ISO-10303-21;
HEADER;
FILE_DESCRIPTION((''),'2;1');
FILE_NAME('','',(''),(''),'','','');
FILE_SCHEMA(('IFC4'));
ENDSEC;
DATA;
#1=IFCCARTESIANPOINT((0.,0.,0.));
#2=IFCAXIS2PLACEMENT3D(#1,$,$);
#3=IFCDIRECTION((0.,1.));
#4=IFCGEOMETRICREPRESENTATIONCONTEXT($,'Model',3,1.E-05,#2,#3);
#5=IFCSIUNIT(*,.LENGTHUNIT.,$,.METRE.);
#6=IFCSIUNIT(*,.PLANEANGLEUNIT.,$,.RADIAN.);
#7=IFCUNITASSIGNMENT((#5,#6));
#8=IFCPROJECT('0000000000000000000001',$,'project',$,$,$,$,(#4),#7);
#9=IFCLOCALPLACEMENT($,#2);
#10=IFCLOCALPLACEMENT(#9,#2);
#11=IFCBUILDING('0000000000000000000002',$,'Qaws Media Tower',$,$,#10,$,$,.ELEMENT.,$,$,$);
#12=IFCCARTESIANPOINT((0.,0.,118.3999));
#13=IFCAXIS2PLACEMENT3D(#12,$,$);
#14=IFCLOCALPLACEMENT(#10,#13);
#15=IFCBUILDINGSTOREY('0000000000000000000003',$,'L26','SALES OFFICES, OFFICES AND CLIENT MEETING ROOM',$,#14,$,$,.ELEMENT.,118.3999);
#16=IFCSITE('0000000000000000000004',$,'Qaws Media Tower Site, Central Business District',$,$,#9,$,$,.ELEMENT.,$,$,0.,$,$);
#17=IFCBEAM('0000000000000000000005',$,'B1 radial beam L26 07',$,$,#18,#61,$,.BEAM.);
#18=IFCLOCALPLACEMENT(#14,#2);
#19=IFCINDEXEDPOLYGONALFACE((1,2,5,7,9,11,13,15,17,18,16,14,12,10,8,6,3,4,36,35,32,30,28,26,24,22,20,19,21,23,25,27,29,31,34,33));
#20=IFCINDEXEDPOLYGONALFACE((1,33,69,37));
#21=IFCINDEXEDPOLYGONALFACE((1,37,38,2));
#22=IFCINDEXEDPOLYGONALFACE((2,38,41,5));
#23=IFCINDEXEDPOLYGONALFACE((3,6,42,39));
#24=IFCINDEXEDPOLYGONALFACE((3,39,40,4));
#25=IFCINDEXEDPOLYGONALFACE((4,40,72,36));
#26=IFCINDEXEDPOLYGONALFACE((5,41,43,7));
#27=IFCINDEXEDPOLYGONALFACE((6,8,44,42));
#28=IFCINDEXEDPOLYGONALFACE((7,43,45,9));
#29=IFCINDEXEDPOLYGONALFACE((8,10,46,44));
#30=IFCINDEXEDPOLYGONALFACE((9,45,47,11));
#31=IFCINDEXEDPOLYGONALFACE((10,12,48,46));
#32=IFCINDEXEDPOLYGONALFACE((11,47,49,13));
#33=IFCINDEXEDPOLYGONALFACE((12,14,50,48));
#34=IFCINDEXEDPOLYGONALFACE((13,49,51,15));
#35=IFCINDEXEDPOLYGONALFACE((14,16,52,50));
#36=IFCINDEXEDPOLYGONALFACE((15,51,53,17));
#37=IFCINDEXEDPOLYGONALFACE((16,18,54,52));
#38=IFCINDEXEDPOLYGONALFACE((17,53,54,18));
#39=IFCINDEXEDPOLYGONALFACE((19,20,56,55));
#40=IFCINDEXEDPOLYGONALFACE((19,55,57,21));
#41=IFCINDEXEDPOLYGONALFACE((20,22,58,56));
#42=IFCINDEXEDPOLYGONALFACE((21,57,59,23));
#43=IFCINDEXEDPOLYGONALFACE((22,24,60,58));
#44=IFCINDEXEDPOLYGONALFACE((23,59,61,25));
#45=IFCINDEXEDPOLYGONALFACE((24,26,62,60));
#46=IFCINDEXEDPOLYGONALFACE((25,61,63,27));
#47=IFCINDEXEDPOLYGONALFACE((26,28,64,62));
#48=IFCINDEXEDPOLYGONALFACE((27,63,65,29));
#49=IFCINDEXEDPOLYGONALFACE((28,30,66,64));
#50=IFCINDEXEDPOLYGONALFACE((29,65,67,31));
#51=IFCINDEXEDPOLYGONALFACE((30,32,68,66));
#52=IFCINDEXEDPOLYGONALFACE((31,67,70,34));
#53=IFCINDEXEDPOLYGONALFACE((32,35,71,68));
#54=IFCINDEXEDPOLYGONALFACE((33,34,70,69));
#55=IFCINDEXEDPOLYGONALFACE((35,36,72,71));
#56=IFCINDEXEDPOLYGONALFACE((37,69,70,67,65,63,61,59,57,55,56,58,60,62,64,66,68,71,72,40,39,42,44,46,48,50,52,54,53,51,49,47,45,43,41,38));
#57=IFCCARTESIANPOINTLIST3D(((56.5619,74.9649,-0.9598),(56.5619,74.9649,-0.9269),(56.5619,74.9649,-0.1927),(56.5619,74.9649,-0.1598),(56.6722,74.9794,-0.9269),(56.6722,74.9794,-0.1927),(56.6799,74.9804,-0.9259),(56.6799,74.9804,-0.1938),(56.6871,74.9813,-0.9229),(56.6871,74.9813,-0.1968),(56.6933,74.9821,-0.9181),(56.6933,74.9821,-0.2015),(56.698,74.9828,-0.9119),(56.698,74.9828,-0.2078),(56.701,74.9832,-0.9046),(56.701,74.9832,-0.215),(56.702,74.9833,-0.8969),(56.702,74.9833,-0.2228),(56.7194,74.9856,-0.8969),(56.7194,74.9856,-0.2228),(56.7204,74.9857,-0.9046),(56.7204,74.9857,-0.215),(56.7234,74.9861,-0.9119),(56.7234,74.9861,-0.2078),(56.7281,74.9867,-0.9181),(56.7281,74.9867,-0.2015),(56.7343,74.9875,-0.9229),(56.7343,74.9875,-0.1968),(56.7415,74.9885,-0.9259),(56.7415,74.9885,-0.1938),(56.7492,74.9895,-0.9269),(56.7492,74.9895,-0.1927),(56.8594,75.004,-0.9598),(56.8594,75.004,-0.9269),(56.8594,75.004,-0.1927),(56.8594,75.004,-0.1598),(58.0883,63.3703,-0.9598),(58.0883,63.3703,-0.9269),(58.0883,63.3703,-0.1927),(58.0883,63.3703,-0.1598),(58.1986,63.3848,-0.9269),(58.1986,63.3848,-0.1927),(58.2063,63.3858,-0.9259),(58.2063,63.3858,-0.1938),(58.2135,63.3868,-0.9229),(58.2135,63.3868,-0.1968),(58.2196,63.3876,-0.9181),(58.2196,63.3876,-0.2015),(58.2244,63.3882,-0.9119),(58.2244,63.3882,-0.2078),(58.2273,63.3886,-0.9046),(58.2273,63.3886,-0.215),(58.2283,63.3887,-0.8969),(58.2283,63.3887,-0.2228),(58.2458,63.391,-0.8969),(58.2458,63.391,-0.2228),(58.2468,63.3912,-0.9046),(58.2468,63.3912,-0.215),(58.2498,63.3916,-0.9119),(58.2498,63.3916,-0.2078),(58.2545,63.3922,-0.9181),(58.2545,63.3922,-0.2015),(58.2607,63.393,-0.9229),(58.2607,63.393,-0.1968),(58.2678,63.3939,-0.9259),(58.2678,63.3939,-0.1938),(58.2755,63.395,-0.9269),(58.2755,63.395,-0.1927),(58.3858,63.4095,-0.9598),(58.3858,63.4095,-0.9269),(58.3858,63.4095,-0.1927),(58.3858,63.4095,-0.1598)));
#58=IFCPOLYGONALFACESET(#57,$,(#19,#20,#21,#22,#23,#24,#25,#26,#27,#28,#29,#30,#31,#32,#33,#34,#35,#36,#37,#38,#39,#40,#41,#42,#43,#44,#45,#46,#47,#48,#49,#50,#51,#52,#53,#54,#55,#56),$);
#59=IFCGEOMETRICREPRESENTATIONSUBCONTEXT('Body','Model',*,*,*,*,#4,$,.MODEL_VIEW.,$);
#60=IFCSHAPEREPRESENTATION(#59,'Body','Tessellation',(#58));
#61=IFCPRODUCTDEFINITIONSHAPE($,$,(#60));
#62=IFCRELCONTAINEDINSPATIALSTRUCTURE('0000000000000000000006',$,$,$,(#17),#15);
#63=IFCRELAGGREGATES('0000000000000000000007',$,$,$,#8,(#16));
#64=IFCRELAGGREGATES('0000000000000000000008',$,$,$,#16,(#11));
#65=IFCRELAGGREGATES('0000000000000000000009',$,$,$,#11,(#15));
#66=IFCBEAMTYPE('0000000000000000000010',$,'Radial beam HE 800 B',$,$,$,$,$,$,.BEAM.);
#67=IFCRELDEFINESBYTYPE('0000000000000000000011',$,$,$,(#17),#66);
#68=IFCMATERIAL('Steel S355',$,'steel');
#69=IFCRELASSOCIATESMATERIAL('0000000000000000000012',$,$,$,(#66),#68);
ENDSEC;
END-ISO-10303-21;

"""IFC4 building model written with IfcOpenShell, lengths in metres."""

from ifc_helpers import new_model, si_unit, direction, frame, origin, origin_2d, place, context, subcontext, project, spatial, i_section, extrude, material, material_profile, profile_set, type_object, element, save


model = new_model("IFC4")

# Units and contexts
model_context = context("Model", 3, precision=1e-05, world=origin(), true_north=direction((0.0, 1.0)))
body_context = subcontext(model_context, "Body", "Model", "MODEL_VIEW")
ifc_project = project(units=[si_unit("LENGTHUNIT", "METRE"), si_unit("PLANEANGLEUNIT", "RADIAN")], contexts=[model_context])

# Site, building, storey
site_placement = place(None, origin())
site = spatial("IfcSite", under=ifc_project, at=site_placement, Name="Qaws Media Tower Site, Central Business District", CompositionType="ELEMENT", RefElevation=0.0)
building_placement = place(site_placement, origin())
building = spatial("IfcBuilding", under=site, at=building_placement, Name="Qaws Media Tower", CompositionType="ELEMENT")
storey_placement = place(building_placement, frame((0.0, 0.0, 118.3999)))
storey = spatial("IfcBuildingStorey", under=building, at=storey_placement, Name="L26", Description="SALES OFFICES, OFFICES AND CLIENT MEETING ROOM", CompositionType="ELEMENT", Elevation=118.3999)

# Beam
ifc_material_1 = material(Name="Steel S355", Category="steel")
ifc_material_profile_1 = material_profile(ifc_material_1, i_section(OverallWidth=0.3, OverallDepth=0.8, WebThickness=0.0176, FlangeThickness=0.033, FilletRadius=0.03, at=origin_2d()), Name="HE 800 B")
ifc_profile_set_1 = profile_set([ifc_material_profile_1], Name="Steel S355")
beam_type_1 = type_object("IfcBeamType", Name="Radial beam HE 800 B", PredefinedType="BEAM", material=ifc_profile_set_1)
for number, where, z_axis, x_axis, name in (
    (1, (58.2371, 63.3899, -0.5598), (-0.13052, 0.991446, 0.0), (-0.991446, -0.13052, 0.0), "B1 radial beam L26 07"),
):
    element("IfcBeam", number, at=place(storey_placement, frame(where, z_axis=z_axis, x_axis=x_axis)), inside=storey, type_object=beam_type_1, Name=name, PredefinedType="BEAM", context=body_context, shape_type="SweptSolid", body=[
        extrude(i_section(OverallWidth=0.3, OverallDepth=0.8, WebThickness=0.0176, FlangeThickness=0.033, FilletRadius=0.03, at=origin_2d()), origin(), (0.0, 0.0, 1.0), 11.6946),
    ])

save(model, "model.ifc")
